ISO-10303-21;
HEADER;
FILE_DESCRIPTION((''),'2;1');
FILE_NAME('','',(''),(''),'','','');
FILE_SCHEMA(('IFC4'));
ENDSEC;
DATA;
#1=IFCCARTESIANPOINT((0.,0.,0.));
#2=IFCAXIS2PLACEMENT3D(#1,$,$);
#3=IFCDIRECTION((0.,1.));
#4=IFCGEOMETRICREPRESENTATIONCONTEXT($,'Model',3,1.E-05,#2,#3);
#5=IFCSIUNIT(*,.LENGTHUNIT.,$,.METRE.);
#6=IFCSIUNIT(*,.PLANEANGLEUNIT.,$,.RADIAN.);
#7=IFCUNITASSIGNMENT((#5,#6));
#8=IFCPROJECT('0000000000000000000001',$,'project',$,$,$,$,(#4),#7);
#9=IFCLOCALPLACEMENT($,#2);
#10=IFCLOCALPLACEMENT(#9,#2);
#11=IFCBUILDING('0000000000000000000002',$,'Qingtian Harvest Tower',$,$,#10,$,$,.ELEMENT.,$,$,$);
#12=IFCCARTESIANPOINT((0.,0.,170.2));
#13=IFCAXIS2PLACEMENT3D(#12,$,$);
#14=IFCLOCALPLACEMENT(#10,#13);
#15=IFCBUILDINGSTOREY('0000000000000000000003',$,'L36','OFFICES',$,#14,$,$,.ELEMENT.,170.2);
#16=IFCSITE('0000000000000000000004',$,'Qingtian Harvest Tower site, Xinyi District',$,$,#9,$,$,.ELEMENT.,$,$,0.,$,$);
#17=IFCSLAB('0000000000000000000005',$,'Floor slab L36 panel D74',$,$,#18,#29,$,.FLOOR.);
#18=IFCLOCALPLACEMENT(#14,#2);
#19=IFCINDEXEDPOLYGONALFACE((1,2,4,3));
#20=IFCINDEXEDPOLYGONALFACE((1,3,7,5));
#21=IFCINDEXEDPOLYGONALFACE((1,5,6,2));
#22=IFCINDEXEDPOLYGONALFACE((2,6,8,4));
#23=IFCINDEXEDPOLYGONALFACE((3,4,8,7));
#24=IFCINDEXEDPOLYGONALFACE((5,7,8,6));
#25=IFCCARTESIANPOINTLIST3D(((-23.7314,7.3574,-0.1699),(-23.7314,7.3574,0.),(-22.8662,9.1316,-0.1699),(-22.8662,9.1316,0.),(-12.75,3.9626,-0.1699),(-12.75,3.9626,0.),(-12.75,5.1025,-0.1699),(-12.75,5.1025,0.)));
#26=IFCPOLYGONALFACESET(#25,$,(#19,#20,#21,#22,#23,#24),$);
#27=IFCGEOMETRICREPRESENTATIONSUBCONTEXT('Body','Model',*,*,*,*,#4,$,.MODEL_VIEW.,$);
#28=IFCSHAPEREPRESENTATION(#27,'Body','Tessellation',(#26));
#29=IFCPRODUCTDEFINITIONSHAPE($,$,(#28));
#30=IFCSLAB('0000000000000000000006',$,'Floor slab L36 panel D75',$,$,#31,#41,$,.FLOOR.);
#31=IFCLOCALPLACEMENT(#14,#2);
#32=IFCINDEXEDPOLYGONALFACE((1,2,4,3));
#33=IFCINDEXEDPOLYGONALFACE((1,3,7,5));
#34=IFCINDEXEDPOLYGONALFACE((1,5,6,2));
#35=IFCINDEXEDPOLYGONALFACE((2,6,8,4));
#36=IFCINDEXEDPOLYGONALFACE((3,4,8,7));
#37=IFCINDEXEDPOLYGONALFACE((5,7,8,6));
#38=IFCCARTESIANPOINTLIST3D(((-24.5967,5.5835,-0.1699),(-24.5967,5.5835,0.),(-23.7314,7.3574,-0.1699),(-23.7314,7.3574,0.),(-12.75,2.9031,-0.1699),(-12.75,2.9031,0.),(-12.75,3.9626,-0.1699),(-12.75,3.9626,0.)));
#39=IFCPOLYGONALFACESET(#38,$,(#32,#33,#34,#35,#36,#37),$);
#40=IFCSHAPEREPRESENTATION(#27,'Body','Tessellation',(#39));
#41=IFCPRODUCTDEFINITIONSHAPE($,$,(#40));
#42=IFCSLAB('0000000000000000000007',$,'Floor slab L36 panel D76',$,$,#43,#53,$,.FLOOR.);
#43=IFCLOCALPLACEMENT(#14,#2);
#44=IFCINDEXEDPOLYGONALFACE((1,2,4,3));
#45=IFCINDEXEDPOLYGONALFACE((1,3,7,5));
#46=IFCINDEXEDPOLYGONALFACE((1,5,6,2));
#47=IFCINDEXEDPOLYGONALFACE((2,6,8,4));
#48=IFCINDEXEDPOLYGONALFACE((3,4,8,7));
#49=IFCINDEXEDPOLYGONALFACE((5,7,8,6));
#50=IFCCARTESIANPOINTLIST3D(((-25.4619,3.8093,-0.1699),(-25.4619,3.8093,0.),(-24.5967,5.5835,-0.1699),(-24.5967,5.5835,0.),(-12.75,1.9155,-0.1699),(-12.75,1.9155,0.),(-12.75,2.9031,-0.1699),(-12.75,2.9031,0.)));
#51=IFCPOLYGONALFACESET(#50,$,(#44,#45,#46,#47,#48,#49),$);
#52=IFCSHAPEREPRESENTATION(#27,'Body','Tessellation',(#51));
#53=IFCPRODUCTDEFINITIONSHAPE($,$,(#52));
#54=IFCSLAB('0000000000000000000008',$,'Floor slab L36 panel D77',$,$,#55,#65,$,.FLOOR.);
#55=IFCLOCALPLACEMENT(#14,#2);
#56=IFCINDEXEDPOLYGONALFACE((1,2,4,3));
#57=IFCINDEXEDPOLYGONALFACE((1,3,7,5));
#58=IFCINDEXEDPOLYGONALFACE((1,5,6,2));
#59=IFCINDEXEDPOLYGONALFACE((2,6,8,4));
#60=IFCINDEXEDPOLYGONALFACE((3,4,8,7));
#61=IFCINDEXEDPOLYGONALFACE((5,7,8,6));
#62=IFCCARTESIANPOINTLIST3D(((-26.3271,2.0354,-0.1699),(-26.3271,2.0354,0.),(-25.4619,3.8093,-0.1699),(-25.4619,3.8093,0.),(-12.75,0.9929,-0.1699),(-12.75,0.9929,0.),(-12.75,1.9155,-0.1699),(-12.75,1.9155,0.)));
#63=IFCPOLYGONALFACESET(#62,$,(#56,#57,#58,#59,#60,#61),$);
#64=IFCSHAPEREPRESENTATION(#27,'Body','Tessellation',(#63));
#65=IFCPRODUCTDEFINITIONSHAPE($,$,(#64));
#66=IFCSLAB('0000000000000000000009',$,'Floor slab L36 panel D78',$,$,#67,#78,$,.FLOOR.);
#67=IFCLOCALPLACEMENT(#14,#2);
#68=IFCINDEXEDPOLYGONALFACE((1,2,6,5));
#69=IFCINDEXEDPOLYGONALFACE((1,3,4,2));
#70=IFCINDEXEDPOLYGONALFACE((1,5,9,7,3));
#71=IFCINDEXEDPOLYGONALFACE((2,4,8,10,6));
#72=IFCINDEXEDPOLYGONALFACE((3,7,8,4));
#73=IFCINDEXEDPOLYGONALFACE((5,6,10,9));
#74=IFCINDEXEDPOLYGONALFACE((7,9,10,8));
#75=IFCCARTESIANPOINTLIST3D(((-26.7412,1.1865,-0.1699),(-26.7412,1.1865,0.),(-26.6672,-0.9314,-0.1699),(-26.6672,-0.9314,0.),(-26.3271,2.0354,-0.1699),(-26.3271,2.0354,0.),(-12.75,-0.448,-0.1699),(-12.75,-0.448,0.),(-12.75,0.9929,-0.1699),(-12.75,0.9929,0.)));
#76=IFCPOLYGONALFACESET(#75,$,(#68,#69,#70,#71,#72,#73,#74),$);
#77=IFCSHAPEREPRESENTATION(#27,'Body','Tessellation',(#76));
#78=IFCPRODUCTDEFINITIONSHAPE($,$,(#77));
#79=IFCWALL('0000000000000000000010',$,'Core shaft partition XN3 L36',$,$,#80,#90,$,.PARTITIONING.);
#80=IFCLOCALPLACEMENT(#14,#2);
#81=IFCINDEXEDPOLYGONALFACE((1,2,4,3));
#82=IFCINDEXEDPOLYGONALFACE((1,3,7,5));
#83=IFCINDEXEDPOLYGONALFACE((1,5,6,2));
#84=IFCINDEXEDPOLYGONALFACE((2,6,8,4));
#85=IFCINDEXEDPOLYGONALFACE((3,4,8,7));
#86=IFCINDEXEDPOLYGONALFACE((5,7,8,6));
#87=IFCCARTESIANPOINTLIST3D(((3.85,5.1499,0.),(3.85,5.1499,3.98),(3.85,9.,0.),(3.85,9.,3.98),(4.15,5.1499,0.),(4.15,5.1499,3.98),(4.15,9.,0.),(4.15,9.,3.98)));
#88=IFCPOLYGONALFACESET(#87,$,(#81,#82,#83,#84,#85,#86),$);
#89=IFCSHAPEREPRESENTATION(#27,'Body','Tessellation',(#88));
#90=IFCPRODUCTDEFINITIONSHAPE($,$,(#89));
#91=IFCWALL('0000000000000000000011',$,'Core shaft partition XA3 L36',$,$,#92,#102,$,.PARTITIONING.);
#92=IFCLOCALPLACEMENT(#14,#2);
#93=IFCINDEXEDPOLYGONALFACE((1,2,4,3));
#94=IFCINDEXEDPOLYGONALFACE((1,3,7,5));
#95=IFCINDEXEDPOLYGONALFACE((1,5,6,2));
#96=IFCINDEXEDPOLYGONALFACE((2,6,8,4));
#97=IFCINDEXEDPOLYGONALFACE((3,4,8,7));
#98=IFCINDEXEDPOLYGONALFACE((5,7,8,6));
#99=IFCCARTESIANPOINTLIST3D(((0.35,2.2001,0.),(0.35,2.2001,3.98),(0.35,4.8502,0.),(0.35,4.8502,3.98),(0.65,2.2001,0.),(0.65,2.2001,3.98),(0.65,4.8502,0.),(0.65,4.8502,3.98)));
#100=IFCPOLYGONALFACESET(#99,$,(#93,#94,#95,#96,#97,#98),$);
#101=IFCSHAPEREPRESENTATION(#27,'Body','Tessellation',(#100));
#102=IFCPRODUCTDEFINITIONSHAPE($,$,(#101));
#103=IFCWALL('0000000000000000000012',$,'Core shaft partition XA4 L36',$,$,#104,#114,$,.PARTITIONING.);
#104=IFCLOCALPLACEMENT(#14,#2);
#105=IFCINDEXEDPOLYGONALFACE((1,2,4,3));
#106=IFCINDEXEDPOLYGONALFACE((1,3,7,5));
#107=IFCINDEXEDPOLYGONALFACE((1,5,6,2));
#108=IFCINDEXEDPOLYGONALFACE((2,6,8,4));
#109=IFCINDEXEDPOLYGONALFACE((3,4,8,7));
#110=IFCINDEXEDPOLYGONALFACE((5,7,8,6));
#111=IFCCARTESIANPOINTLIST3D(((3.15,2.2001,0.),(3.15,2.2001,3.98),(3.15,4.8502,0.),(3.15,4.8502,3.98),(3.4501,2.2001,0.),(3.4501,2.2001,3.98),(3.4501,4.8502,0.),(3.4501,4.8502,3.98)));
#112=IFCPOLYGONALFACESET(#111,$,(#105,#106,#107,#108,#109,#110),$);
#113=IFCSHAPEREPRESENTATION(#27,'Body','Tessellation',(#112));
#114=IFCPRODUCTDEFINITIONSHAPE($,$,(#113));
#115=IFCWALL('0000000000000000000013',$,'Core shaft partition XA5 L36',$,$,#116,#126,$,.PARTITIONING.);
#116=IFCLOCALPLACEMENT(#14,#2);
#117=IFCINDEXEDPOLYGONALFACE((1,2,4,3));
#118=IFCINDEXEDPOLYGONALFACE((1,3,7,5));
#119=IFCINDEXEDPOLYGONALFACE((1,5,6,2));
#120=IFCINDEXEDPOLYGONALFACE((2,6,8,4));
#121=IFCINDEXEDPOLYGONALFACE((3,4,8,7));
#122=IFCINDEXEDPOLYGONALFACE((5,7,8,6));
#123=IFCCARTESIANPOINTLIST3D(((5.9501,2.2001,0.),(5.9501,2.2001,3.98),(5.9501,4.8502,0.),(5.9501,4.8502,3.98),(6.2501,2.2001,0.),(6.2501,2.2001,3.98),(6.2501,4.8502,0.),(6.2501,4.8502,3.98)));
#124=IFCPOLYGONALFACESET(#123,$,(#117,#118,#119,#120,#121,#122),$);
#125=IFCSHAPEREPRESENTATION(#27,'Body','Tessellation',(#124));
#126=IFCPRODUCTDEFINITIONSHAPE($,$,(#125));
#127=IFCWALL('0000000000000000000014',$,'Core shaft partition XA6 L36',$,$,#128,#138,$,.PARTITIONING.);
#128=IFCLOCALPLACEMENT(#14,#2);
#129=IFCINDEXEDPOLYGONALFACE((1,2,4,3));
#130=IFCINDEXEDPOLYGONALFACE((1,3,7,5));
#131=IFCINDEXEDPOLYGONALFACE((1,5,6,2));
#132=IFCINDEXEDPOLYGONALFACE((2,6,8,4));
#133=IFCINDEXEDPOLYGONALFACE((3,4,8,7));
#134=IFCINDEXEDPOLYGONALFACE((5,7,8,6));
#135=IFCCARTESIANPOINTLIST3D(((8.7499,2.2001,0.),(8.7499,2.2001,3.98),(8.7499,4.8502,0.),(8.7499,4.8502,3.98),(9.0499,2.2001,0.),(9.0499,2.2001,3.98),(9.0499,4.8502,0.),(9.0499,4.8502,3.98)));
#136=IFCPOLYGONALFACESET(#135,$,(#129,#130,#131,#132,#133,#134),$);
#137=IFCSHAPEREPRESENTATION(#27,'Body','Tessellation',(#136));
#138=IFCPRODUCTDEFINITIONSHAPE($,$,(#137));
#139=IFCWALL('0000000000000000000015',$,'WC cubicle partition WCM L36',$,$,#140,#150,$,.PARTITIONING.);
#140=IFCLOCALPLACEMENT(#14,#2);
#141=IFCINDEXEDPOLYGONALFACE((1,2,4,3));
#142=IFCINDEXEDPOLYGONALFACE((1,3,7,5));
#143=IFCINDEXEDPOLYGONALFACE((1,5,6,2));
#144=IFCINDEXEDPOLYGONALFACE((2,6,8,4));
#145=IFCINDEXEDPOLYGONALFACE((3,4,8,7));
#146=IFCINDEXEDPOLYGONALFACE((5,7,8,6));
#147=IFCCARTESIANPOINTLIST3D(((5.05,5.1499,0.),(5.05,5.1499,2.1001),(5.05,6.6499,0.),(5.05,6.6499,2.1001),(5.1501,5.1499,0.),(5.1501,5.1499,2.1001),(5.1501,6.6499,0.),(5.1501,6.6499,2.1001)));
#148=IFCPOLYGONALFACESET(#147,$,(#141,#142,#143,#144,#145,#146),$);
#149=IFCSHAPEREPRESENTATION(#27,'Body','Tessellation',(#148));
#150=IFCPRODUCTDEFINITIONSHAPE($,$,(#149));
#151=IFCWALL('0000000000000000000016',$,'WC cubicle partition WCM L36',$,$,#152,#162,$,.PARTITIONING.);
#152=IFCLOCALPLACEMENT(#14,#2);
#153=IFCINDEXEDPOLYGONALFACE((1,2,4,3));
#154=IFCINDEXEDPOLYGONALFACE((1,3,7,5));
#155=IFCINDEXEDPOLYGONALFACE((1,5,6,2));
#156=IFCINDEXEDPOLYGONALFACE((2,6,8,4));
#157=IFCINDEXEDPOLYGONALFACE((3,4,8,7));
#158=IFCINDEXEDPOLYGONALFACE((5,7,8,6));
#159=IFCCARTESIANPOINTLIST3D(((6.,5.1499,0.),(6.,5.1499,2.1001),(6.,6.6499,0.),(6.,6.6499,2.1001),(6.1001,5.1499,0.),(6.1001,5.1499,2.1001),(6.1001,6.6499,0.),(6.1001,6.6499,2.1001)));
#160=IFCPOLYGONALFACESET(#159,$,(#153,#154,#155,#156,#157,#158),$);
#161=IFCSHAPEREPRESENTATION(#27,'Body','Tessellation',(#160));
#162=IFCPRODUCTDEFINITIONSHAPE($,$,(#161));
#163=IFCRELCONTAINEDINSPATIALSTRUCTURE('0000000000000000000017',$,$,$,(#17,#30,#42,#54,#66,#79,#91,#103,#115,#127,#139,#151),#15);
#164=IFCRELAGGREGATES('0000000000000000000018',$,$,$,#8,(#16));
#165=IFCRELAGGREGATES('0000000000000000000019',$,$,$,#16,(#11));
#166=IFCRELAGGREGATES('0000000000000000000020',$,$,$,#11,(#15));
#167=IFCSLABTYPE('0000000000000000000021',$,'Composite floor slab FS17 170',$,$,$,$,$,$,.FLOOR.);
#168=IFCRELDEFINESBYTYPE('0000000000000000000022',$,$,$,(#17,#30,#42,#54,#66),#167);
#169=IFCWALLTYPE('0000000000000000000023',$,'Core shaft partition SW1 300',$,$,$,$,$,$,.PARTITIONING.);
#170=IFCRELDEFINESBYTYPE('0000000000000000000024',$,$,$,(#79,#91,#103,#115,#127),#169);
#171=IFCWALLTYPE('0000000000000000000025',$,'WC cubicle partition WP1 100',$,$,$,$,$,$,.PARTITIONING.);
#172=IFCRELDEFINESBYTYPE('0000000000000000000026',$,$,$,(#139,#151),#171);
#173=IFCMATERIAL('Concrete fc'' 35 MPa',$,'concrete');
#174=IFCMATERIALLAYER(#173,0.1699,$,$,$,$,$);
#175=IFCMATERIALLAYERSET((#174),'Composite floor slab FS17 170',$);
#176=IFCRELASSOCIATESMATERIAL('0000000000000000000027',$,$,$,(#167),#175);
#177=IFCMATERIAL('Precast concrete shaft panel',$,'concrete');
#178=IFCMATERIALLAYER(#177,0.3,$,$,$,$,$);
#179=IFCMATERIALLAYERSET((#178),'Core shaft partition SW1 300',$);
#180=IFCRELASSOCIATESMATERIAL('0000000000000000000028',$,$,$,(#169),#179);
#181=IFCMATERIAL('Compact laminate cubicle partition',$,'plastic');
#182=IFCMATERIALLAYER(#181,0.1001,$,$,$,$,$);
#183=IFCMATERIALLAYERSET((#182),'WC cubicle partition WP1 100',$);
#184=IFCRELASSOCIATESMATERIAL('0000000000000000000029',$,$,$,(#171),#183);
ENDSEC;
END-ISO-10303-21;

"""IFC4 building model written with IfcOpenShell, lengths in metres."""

from ifc_helpers import new_model, si_unit, direction, frame, frame_2d, origin, place, context, subcontext, project, spatial, polyline, rectangle, outline, extrude, material, layer, layer_set, type_object, element, save


model = new_model("IFC4")

# Units and contexts
model_context = context("Model", 3, precision=1e-05, world=origin(), true_north=direction((0.0, 1.0)))
body_context = subcontext(model_context, "Body", "Model", "MODEL_VIEW")
ifc_project = project(units=[si_unit("LENGTHUNIT", "METRE"), si_unit("PLANEANGLEUNIT", "RADIAN")], contexts=[model_context])

# Site, building, storey
site_placement = place(None, origin())
site = spatial("IfcSite", under=ifc_project, at=site_placement, Name="Qingtian Harvest Tower site, Xinyi District", CompositionType="ELEMENT", RefElevation=0.0)
building_placement = place(site_placement, origin())
building = spatial("IfcBuilding", under=site, at=building_placement, Name="Qingtian Harvest Tower", CompositionType="ELEMENT")
storey_placement = place(building_placement, frame((0.0, 0.0, 170.2)))
storey = spatial("IfcBuildingStorey", under=building, at=storey_placement, Name="L36", Description="OFFICES", CompositionType="ELEMENT", Elevation=170.2)

# Slabs
ifc_material_1 = material(Name="Concrete fc' 35 MPa", Category="concrete")
ifc_layer_1 = layer(ifc_material_1, 0.1699)
ifc_layer_set_1 = layer_set([ifc_layer_1], Name="Composite floor slab FS17 170")
slab_type = type_object("IfcSlabType", Name="Composite floor slab FS17 170", PredefinedType="FLOOR", material=ifc_layer_set_1)
slab_1_placement = place(storey_placement, frame((0.0, 0.0, -0.1699)))
element("IfcSlab", 1, at=slab_1_placement, inside=storey, type_object=slab_type, Name="Floor slab L36 panel D74", PredefinedType="FLOOR", context=body_context, shape_type="SweptSolid", body=[
    extrude(outline(polyline([(-12.75, 3.9626), (-23.7314, 7.3574), (-22.8662, 9.1316), (-12.75, 5.1025), (-12.75, 3.9626)])), origin(), (0.0, 0.0, 1.0), 0.1699),
])
slab_2_placement = place(storey_placement, frame((0.0, 0.0, -0.1699)))
element("IfcSlab", 2, at=slab_2_placement, inside=storey, type_object=slab_type, Name="Floor slab L36 panel D75", PredefinedType="FLOOR", context=body_context, shape_type="SweptSolid", body=[
    extrude(outline(polyline([(-12.75, 2.9031), (-24.5967, 5.5835), (-23.7314, 7.3574), (-12.75, 3.9626), (-12.75, 2.9031)])), origin(), (0.0, 0.0, 1.0), 0.1699),
])
slab_3_placement = place(storey_placement, frame((0.0, 0.0, -0.1699)))
element("IfcSlab", 3, at=slab_3_placement, inside=storey, type_object=slab_type, Name="Floor slab L36 panel D76", PredefinedType="FLOOR", context=body_context, shape_type="SweptSolid", body=[
    extrude(outline(polyline([(-12.75, 1.9155), (-25.4619, 3.8093), (-24.5967, 5.5835), (-12.75, 2.9031), (-12.75, 1.9155)])), origin(), (0.0, 0.0, 1.0), 0.1699),
])
slab_4_placement = place(storey_placement, frame((0.0, 0.0, -0.1699)))
element("IfcSlab", 4, at=slab_4_placement, inside=storey, type_object=slab_type, Name="Floor slab L36 panel D77", PredefinedType="FLOOR", context=body_context, shape_type="SweptSolid", body=[
    extrude(outline(polyline([(-12.75, 0.9929), (-26.3271, 2.0354), (-25.4619, 3.8093), (-12.75, 1.9155), (-12.75, 0.9929)])), origin(), (0.0, 0.0, 1.0), 0.1699),
])
slab_5_placement = place(storey_placement, frame((0.0, 0.0, -0.1699)))
element("IfcSlab", 5, at=slab_5_placement, inside=storey, type_object=slab_type, Name="Floor slab L36 panel D78", PredefinedType="FLOOR", context=body_context, shape_type="SweptSolid", body=[
    extrude(outline(polyline([(-12.75, 0.9929), (-12.75, -0.448), (-26.6672, -0.9314), (-26.7412, 1.1865), (-26.3271, 2.0354), (-12.75, 0.9929)])), origin(), (0.0, 0.0, 1.0), 0.1699),
])

# Shared definitions
ifc_material_2 = material(Name="Precast concrete shaft panel", Category="concrete")
ifc_layer_2 = layer(ifc_material_2, 0.3)
ifc_layer_set_2 = layer_set([ifc_layer_2], Name="Core shaft partition SW1 300")
wall_type_1 = type_object("IfcWallType", Name="Core shaft partition SW1 300", PredefinedType="PARTITIONING", material=ifc_layer_set_2)

# Walls
wall_1_placement = place(storey_placement, frame((4.0, 5.1499, 0.0), z_axis=(0.0, 0.0, 1.0), x_axis=(0.0, 1.0, 0.0)))
element("IfcWall", 6, at=wall_1_placement, inside=storey, type_object=wall_type_1, Name="Core shaft partition XN3 L36", PredefinedType="PARTITIONING", context=body_context, shape_type="SweptSolid", body=[
    extrude(rectangle(XDim=3.8501, YDim=0.3, at=frame_2d((1.925, 0.0))), origin(), (0.0, 0.0, 1.0), 3.98),
])
for number, where, z_axis, x_axis, name in (
    (7, (0.5, 2.2, 0.0), (0.0, 0.0, 1.0), (0.0, 1.0, 0.0), "Core shaft partition XA3 L36"),
    (8, (3.3, 2.2, 0.0), (0.0, 0.0, 1.0), (0.0, 1.0, 0.0), "Core shaft partition XA4 L36"),
    (9, (6.1001, 2.2, 0.0), (0.0, 0.0, 1.0), (0.0, 1.0, 0.0), "Core shaft partition XA5 L36"),
    (10, (8.8999, 2.2, 0.0), (0.0, 0.0, 1.0), (0.0, 1.0, 0.0), "Core shaft partition XA6 L36"),
):
    element("IfcWall", number, at=place(storey_placement, frame(where, z_axis=z_axis, x_axis=x_axis)), inside=storey, type_object=wall_type_1, Name=name, PredefinedType="PARTITIONING", context=body_context, shape_type="SweptSolid", body=[
        extrude(rectangle(XDim=2.6501, YDim=0.3, at=frame_2d((1.3252, 0.0))), origin(), (0.0, 0.0, 1.0), 3.98),
    ])

# Walls
ifc_material_3 = material(Name="Compact laminate cubicle partition", Category="plastic")
ifc_layer_3 = layer(ifc_material_3, 0.1001)
ifc_layer_set_3 = layer_set([ifc_layer_3], Name="WC cubicle partition WP1 100")
wall_type_2 = type_object("IfcWallType", Name="WC cubicle partition WP1 100", PredefinedType="PARTITIONING", material=ifc_layer_set_3)
for number, where, z_axis, x_axis, name in (
    (11, (5.1001, 5.1499, 0.0), (0.0, 0.0, 1.0), (0.0, 1.0, 0.0), "WC cubicle partition WCM L36"),
    (12, (6.05, 5.1499, 0.0), (0.0, 0.0, 1.0), (0.0, 1.0, 0.0), "WC cubicle partition WCM L36"),
):
    element("IfcWall", number, at=place(storey_placement, frame(where, z_axis=z_axis, x_axis=x_axis)), inside=storey, type_object=wall_type_2, Name=name, PredefinedType="PARTITIONING", context=body_context, shape_type="SweptSolid", body=[
        extrude(rectangle(XDim=1.5, YDim=0.1001, at=frame_2d((0.75, 0.0))), origin(), (0.0, 0.0, 1.0), 2.1001),
    ])

save(model, "model.ifc")
